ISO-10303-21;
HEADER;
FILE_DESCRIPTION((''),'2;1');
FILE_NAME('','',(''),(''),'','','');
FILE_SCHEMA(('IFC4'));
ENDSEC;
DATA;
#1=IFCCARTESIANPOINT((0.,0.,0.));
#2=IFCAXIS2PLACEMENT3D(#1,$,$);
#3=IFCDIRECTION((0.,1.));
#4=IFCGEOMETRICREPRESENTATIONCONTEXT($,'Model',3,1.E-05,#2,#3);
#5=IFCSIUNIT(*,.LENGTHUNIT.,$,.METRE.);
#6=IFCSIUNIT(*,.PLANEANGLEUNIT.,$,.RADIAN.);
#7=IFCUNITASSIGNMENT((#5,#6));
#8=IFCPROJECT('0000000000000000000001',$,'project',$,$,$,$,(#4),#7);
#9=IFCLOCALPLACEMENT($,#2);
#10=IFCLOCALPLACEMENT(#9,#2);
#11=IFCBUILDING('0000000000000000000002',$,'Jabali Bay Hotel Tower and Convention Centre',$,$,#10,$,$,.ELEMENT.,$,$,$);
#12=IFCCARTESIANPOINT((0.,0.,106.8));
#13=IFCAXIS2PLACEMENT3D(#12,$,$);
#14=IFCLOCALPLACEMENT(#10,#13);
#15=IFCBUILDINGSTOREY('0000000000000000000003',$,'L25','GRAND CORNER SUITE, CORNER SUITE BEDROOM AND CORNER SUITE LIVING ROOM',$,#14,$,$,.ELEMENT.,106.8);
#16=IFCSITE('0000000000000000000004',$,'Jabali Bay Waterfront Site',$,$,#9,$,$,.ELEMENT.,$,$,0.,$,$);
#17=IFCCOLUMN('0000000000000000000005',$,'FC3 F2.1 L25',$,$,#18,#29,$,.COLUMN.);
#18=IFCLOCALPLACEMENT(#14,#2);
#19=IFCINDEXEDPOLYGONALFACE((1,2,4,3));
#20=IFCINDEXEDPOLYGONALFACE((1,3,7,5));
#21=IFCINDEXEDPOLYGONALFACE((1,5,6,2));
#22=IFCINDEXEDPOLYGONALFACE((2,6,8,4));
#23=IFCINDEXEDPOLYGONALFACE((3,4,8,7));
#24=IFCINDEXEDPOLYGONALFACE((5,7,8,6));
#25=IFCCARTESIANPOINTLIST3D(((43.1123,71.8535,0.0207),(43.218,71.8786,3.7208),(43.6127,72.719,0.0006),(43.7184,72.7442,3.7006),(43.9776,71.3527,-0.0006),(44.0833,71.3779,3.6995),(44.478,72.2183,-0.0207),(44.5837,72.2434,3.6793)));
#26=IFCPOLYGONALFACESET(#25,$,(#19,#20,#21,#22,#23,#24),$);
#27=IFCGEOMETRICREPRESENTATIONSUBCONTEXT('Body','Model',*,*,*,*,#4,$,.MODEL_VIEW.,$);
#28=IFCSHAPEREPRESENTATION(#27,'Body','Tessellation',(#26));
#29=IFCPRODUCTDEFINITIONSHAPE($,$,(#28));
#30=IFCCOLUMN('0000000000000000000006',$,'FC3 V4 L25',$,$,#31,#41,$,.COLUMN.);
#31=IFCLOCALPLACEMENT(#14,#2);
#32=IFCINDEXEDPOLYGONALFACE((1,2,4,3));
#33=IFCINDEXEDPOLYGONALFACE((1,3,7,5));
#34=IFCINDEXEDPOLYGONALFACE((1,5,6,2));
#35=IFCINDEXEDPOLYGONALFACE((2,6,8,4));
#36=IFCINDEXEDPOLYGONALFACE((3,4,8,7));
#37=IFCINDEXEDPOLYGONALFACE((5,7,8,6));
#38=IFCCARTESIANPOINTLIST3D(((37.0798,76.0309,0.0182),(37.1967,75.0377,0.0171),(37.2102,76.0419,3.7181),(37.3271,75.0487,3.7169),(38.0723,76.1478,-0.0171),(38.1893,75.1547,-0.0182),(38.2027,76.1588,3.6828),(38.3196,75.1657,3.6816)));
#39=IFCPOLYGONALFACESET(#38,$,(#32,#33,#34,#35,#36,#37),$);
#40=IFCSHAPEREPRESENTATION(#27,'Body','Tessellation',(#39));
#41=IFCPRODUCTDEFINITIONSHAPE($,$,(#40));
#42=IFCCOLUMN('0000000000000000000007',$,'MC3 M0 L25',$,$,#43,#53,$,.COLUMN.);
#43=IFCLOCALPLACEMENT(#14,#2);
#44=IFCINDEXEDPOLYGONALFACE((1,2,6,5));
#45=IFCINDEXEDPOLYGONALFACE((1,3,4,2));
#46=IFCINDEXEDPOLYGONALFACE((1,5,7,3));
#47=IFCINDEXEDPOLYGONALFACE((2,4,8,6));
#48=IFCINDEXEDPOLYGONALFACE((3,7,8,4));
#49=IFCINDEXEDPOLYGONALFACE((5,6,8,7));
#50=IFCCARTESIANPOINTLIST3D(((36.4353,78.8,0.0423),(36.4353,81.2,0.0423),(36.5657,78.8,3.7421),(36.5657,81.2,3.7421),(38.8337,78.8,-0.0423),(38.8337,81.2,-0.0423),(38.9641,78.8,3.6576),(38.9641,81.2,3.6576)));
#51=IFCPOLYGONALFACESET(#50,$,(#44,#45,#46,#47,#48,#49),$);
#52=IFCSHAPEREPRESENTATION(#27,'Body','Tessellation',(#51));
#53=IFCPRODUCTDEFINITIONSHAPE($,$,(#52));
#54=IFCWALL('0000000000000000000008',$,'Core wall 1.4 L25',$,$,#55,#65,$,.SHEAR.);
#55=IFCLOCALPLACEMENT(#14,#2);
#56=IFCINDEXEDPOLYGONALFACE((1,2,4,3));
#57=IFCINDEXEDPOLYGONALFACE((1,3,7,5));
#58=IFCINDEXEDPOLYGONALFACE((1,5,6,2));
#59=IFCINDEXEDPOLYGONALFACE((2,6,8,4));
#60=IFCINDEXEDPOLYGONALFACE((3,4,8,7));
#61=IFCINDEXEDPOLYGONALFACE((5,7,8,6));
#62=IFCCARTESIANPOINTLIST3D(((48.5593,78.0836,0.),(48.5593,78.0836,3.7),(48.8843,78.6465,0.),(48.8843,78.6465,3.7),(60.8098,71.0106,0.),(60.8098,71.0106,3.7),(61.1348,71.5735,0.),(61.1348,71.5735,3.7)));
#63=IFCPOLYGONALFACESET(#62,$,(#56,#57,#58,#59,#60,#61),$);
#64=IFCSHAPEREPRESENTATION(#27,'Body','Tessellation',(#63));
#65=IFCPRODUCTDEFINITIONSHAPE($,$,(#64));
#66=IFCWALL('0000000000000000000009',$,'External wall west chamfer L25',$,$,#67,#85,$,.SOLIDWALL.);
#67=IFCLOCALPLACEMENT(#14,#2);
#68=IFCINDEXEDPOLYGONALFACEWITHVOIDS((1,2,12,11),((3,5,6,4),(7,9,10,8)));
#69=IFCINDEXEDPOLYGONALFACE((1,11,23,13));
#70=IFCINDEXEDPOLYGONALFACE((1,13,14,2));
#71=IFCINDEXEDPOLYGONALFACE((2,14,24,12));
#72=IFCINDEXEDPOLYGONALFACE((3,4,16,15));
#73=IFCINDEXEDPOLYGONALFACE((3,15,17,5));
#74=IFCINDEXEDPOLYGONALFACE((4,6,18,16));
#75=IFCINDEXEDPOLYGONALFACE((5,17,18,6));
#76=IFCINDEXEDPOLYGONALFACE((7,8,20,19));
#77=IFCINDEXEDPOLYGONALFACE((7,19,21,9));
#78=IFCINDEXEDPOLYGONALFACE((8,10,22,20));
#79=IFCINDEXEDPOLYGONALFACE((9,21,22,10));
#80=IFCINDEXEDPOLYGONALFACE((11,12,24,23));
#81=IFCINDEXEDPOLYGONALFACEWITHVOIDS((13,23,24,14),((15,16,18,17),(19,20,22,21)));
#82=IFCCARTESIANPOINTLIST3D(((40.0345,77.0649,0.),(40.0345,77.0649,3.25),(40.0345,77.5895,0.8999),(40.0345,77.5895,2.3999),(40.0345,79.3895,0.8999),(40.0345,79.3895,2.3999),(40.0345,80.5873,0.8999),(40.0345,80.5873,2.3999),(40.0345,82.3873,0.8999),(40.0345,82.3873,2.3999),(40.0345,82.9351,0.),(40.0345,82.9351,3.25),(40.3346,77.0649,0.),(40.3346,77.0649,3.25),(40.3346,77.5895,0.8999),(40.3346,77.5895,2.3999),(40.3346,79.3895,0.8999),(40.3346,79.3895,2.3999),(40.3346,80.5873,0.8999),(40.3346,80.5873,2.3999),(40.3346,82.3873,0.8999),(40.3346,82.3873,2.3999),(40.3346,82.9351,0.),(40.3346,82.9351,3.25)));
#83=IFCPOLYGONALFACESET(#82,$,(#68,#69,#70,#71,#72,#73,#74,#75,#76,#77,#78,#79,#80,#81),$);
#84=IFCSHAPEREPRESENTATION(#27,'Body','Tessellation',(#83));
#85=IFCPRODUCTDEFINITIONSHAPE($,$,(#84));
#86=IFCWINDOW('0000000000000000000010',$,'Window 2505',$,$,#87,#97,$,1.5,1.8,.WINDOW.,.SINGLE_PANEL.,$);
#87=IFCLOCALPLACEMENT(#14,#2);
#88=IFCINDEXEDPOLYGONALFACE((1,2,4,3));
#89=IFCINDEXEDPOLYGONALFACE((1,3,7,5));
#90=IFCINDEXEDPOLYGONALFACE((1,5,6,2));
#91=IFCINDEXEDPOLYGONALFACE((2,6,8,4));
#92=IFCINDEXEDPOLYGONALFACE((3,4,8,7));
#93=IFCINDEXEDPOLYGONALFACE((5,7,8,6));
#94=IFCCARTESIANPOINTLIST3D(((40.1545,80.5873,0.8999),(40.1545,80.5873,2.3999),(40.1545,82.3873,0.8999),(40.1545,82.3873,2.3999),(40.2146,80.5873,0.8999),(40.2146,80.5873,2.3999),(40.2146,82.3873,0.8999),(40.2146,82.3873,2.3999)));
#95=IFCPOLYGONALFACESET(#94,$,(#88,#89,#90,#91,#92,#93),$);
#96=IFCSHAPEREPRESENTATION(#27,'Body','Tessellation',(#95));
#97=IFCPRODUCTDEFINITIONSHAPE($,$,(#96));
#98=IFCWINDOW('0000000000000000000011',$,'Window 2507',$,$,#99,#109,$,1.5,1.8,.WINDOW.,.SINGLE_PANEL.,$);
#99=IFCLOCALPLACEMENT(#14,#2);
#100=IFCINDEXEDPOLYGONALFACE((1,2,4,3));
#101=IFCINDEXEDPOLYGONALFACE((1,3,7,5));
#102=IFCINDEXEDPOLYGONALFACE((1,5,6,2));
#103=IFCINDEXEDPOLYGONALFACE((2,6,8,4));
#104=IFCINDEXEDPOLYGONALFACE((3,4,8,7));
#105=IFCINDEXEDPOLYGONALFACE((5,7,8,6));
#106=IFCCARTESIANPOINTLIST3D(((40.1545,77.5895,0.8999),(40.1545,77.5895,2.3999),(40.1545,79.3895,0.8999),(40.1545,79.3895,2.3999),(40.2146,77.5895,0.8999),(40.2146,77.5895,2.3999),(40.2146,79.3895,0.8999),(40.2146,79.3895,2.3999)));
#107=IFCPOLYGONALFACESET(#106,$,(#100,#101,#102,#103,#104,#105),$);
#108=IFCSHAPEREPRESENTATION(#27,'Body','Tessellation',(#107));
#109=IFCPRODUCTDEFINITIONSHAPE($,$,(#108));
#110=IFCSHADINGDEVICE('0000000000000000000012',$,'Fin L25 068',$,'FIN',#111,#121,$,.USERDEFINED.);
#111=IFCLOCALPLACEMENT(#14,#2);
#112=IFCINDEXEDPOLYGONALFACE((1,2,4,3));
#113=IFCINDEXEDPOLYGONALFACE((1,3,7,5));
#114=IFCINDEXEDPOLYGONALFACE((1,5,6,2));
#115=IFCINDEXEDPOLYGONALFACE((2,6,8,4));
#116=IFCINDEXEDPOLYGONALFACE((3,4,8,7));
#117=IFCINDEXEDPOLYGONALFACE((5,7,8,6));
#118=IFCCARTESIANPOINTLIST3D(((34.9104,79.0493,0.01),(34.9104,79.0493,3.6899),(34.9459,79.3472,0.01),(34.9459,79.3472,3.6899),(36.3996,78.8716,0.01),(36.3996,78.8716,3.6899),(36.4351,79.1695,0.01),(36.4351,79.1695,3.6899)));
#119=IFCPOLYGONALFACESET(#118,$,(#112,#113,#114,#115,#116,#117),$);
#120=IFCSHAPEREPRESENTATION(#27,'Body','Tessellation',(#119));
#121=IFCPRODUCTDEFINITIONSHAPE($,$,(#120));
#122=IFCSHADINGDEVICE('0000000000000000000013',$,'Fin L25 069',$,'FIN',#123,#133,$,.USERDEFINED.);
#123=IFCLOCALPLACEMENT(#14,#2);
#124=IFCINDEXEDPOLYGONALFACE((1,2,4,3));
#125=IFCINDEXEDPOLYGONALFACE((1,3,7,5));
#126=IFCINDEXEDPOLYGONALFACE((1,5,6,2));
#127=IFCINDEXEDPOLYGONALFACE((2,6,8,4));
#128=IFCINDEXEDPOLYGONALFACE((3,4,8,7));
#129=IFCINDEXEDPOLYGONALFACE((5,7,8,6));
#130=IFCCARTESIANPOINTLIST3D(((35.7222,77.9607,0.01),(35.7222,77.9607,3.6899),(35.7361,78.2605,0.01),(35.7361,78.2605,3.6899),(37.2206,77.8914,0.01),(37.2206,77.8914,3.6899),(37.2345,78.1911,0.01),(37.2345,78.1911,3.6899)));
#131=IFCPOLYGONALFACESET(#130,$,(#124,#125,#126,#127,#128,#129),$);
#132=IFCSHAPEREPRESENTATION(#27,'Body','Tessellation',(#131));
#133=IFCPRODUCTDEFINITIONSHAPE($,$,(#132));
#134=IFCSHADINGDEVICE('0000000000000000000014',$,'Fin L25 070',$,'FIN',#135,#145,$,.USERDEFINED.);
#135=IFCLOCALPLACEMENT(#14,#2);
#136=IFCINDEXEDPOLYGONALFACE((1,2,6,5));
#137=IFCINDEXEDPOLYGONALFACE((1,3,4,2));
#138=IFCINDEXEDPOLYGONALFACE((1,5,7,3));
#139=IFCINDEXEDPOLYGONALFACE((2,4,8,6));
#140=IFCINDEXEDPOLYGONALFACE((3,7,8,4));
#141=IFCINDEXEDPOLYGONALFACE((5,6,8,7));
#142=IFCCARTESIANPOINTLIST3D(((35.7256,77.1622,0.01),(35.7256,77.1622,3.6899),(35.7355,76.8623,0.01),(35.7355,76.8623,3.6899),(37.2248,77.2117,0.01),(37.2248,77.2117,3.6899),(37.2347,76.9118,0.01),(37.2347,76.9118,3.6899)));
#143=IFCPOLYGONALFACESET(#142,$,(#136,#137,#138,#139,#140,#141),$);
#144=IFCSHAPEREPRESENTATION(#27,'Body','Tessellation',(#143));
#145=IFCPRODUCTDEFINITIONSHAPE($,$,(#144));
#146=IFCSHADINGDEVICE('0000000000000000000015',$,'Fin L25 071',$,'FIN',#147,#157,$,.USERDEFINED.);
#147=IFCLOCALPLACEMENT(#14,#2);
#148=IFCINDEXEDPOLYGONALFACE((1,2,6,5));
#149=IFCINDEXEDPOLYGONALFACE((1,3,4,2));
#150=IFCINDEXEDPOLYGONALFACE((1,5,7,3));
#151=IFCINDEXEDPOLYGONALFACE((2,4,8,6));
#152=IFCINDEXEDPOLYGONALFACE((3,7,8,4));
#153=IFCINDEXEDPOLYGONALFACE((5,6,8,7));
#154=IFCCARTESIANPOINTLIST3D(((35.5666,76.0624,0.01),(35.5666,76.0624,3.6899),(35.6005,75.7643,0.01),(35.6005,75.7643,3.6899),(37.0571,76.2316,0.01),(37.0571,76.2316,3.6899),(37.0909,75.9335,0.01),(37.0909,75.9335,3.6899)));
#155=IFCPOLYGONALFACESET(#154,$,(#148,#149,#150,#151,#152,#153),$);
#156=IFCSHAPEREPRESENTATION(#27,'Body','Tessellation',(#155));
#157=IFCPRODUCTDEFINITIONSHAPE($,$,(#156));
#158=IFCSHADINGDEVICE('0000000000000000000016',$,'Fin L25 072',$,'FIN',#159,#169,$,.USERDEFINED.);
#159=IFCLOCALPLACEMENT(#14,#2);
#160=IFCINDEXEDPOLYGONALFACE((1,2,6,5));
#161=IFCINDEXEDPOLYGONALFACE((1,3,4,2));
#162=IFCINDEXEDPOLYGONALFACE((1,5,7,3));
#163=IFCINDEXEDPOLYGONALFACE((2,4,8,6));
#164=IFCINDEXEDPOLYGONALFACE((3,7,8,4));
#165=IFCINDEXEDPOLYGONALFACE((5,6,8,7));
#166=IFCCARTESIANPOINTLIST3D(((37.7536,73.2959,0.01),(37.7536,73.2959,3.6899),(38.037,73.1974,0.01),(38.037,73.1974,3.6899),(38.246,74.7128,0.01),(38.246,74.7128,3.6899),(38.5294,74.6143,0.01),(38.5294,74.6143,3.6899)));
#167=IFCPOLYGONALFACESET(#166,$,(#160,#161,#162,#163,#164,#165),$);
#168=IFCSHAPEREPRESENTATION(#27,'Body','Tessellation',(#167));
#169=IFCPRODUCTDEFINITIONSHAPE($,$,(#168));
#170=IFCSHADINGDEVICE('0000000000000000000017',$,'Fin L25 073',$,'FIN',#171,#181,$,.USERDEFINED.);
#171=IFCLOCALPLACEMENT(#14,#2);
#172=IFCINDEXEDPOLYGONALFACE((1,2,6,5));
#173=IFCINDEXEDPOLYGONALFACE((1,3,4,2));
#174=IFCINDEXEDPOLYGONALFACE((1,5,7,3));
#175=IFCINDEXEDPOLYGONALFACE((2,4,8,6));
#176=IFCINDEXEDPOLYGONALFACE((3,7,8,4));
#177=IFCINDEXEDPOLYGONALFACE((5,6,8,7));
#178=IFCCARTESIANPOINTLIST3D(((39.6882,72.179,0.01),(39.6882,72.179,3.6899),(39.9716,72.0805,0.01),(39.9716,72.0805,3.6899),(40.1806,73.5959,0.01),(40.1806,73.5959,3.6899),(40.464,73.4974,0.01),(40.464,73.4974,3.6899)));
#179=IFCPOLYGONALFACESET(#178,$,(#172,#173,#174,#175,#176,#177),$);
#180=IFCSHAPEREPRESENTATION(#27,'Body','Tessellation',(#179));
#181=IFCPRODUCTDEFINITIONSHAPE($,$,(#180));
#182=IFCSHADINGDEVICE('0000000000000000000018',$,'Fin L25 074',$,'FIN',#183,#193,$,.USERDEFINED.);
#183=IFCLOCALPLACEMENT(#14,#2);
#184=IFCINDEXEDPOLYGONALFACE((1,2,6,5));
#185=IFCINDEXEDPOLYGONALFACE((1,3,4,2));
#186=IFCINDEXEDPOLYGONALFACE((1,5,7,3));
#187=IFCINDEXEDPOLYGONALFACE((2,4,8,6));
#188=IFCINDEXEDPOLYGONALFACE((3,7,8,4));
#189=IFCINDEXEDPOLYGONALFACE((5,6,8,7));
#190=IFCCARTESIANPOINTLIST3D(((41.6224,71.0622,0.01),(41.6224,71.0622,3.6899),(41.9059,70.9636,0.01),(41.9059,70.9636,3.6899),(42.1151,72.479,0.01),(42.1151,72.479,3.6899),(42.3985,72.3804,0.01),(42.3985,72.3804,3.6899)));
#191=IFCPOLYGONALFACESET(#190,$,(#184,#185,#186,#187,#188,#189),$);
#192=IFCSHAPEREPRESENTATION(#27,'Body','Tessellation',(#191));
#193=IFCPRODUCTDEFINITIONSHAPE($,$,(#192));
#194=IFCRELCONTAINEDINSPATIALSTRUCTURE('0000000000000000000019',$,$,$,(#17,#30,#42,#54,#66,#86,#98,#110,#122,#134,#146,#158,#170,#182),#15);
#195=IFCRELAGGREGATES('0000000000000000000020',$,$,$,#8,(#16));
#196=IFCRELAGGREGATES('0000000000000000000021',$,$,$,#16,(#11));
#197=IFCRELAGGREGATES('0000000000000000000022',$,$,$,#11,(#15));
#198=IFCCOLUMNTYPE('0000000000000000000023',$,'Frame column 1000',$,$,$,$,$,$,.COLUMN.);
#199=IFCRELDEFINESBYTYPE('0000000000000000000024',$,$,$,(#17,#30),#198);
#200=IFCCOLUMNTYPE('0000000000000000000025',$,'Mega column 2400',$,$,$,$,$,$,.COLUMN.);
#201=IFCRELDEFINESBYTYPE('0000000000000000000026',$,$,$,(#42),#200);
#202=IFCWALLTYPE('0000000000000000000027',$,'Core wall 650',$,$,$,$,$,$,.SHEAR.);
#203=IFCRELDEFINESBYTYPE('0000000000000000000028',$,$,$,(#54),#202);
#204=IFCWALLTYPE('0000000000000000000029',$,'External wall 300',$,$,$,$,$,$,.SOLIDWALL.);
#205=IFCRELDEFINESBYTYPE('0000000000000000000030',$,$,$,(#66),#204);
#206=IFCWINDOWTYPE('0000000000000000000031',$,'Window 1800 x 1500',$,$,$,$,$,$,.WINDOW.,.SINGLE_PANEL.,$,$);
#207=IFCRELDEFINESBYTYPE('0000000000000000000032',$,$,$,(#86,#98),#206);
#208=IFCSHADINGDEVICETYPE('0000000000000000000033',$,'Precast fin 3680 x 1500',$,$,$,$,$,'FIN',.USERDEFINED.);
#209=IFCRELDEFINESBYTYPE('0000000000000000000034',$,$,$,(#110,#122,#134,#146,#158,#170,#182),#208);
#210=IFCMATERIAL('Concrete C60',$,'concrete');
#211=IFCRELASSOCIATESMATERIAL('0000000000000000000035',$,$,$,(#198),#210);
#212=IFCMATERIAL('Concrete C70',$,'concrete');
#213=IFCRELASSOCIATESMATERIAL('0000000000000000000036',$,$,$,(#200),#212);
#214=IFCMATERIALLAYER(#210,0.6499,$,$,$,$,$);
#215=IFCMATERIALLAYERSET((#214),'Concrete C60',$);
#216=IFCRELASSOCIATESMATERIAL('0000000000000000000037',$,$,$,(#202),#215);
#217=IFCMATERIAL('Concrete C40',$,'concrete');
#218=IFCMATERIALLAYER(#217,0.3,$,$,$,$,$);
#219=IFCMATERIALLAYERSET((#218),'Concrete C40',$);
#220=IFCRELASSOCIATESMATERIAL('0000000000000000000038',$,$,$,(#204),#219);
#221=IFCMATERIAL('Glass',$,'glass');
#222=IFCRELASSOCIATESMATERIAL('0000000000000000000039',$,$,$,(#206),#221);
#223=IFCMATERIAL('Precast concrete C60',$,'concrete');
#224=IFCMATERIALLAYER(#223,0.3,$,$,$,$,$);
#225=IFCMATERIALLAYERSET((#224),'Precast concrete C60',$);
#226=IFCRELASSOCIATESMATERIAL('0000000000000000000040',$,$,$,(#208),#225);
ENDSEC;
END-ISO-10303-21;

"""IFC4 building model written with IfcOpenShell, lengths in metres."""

from ifc_helpers import new_model, si_unit, direction, frame, frame_2d, origin, origin_2d, place, context, subcontext, project, spatial, rectangle, extrude, material, layer, layer_set, material_profile, profile_set, type_object, element, fill, save


model = new_model("IFC4")

# Units and contexts
model_context = context("Model", 3, precision=1e-05, world=origin(), true_north=direction((0.0, 1.0)))
body_context = subcontext(model_context, "Body", "Model", "MODEL_VIEW")
ifc_project = project(units=[si_unit("LENGTHUNIT", "METRE"), si_unit("PLANEANGLEUNIT", "RADIAN")], contexts=[model_context])

# Site, building, storey
site_placement = place(None, origin())
site = spatial("IfcSite", under=ifc_project, at=site_placement, Name="Jabali Bay Waterfront Site", CompositionType="ELEMENT", RefElevation=0.0)
building_placement = place(site_placement, origin())
building = spatial("IfcBuilding", under=site, at=building_placement, Name="Jabali Bay Hotel Tower and Convention Centre", CompositionType="ELEMENT")
storey_placement = place(building_placement, frame((0.0, 0.0, 106.8)))
storey = spatial("IfcBuildingStorey", under=building, at=storey_placement, Name="L25", Description="GRAND CORNER SUITE, CORNER SUITE BEDROOM AND CORNER SUITE LIVING ROOM", CompositionType="ELEMENT", Elevation=106.8)

# Columns
ifc_material_1 = material(Name="Concrete C60", Category="concrete")
ifc_material_profile_1 = material_profile(ifc_material_1, rectangle(XDim=1.0, YDim=1.0, at=origin_2d()), Name="Frame column 1000")
ifc_profile_set_1 = profile_set([ifc_material_profile_1], Name="Concrete C60")
column_type_1 = type_object("IfcColumnType", Name="Frame column 1000", PredefinedType="COLUMN", material=ifc_profile_set_1)
column_1_placement = place(storey_placement, frame((43.7952, 72.0359, 0.0), z_axis=(0.028559, 0.006794, 0.999569), x_axis=(-0.865323, 0.500761, 0.02132)))
element("IfcColumn", 1, at=column_1_placement, inside=storey, type_object=column_type_1, Name="FC3 F2.1 L25", PredefinedType="COLUMN", context=body_context, shape_type="SweptSolid", body=[
    extrude(rectangle(XDim=1.0, YDim=1.0, at=origin_2d()), origin(), (0.0, 0.0, 1.0), 3.7017),
])
column_2_placement = place(storey_placement, frame((37.6345, 75.5928, 0.0), z_axis=(0.035214, 0.002967, 0.999375), x_axis=(-0.116962, 0.993136, 0.001172)))
element("IfcColumn", 2, at=column_2_placement, inside=storey, type_object=column_type_1, Name="FC3 V4 L25", PredefinedType="COLUMN", context=body_context, shape_type="SweptSolid", body=[
    extrude(rectangle(XDim=1.0, YDim=1.0, at=origin_2d()), origin(), (0.0, 0.0, 1.0), 3.7021),
])
ifc_material_2 = material(Name="Concrete C70", Category="concrete")
ifc_material_profile_2 = material_profile(ifc_material_2, rectangle(XDim=2.3999, YDim=2.3999, at=origin_2d()), Name="Mega column 2400")
ifc_profile_set_2 = profile_set([ifc_material_profile_2], Name="Concrete C70")
column_type_2 = type_object("IfcColumnType", Name="Mega column 2400", PredefinedType="COLUMN", material=ifc_profile_set_2)
column_3_placement = place(storey_placement, frame((37.6345, 80.0, 0.0), z_axis=(0.035214, 0.0, 0.99938), x_axis=(0.0, 1.0, 0.0)))
element("IfcColumn", 3, at=column_3_placement, inside=storey, type_object=column_type_2, Name="MC3 M0 L25", PredefinedType="COLUMN", context=body_context, shape_type="SweptSolid", body=[
    extrude(rectangle(XDim=2.3999, YDim=2.3999, at=origin_2d()), origin(), (0.0, 0.0, 1.0), 3.7021),
])

# Wall
ifc_layer_1 = layer(ifc_material_1, 0.6499)
ifc_layer_set_1 = layer_set([ifc_layer_1], Name="Concrete C60")
wall_type_1 = type_object("IfcWallType", Name="Core wall 650", PredefinedType="SHEAR", material=ifc_layer_set_1)
wall_1_placement = place(storey_placement, frame((48.7219, 78.365, 0.0), z_axis=(0.0, 0.0, 1.0), x_axis=(0.86602, -0.500009, 0.0)))
element("IfcWall", 4, at=wall_1_placement, inside=storey, type_object=wall_type_1, Name="Core wall 1.4 L25", PredefinedType="SHEAR", context=body_context, shape_type="SweptSolid", body=[
    extrude(rectangle(XDim=14.1458, YDim=0.6499, at=frame_2d((7.0728, 0.0))), origin(), (0.0, 0.0, 1.0), 3.7),
])

# Wall, openings, windows
ifc_material_3 = material(Name="Concrete C40", Category="concrete")
ifc_layer_2 = layer(ifc_material_3, 0.3)
ifc_layer_set_2 = layer_set([ifc_layer_2], Name="Concrete C40")
wall_type_2 = type_object("IfcWallType", Name="External wall 300", PredefinedType="SOLIDWALL", material=ifc_layer_set_2)
wall_2_placement = place(storey_placement, frame((40.1846, 77.0649, 0.0), z_axis=(0.0, 0.0, 1.0), x_axis=(0.0, 1.0, 0.0)))
wall_2 = element("IfcWall", 5, at=wall_2_placement, inside=storey, type_object=wall_type_2, Name="External wall west chamfer L25", PredefinedType="SOLIDWALL", context=body_context, shape_type="SweptSolid", body=[
    extrude(rectangle(XDim=5.8701, YDim=0.3, at=frame_2d((2.9351, 0.0))), origin(), (0.0, 0.0, 1.0), 3.25),
])
opening_1_placement = place(wall_2_placement, frame((3.5225, 0.0, 0.8999)))
opening_1 = element("IfcOpeningElement", 6, at=opening_1_placement, cuts=wall_2, PredefinedType="OPENING", context=body_context, shape_type="SweptSolid", body=[
    extrude(rectangle(XDim=1.8, YDim=1.5, at=frame_2d((0.8999, 0.75))), frame((0.0, 0.1606, 0.0), z_axis=(0.0, -1.0, 0.0), x_axis=(1.0, 0.0, 0.0)), (0.0, 0.0, 1.0), 0.321),
])
opening_2_placement = place(wall_2_placement, frame((0.5247, 0.0, 0.8999)))
opening_2 = element("IfcOpeningElement", 7, at=opening_2_placement, cuts=wall_2, PredefinedType="OPENING", context=body_context, shape_type="SweptSolid", body=[
    extrude(rectangle(XDim=1.8, YDim=1.5, at=frame_2d((0.8999, 0.75))), frame((0.0, 0.1606, 0.0), z_axis=(0.0, -1.0, 0.0), x_axis=(1.0, 0.0, 0.0)), (0.0, 0.0, 1.0), 0.321),
])
ifc_material_4 = material(Name="Glass", Category="glass")
window_type = type_object("IfcWindowType", Name="Window 1800 x 1500", PartitioningType="SINGLE_PANEL", PredefinedType="WINDOW", material=ifc_material_4)
window_1_placement = place(opening_1_placement, origin())
window_1 = element("IfcWindow", 8, at=window_1_placement, inside=storey, type_object=window_type, Name="Window 2505", OverallHeight=1.5, OverallWidth=1.8, PartitioningType="SINGLE_PANEL", PredefinedType="WINDOW", context=body_context, shape_type="SweptSolid", body=[
    extrude(rectangle(XDim=1.8, YDim=1.5, at=frame_2d((0.8999, 0.75))), frame((0.0, 0.03, 0.0), z_axis=(0.0, -1.0, 0.0), x_axis=(1.0, 0.0, 0.0)), (0.0, 0.0, 1.0), 0.0601),
])
fill(opening_1, window_1)
window_2_placement = place(opening_2_placement, origin())
window_2 = element("IfcWindow", 9, at=window_2_placement, inside=storey, type_object=window_type, Name="Window 2507", OverallHeight=1.5, OverallWidth=1.8, PartitioningType="SINGLE_PANEL", PredefinedType="WINDOW", context=body_context, shape_type="SweptSolid", body=[
    extrude(rectangle(XDim=1.8, YDim=1.5, at=frame_2d((0.8999, 0.75))), frame((0.0, 0.03, 0.0), z_axis=(0.0, -1.0, 0.0), x_axis=(1.0, 0.0, 0.0)), (0.0, 0.0, 1.0), 0.0601),
])
fill(opening_2, window_2)

# Shading devices
ifc_material_5 = material(Name="Precast concrete C60", Category="concrete")
ifc_layer_3 = layer(ifc_material_5, 0.3)
ifc_layer_set_3 = layer_set([ifc_layer_3], Name="Precast concrete C60")
shading_device_type = type_object("IfcShadingDeviceType", Name="Precast fin 3680 x 1500", ElementType="FIN", PredefinedType="USERDEFINED", material=ifc_layer_set_3)
shading_device_1_placement = place(storey_placement, frame((36.4175, 79.0205, 0.01), z_axis=(0.0, 0.0, 1.0), x_axis=(-0.992954, 0.118503, 0.0)))
element("IfcShadingDevice", 10, at=shading_device_1_placement, inside=storey, type_object=shading_device_type, Name="Fin L25 068", ObjectType="FIN", PredefinedType="USERDEFINED", context=body_context, shape_type="SweptSolid", body=[
    extrude(rectangle(XDim=1.4998, YDim=0.3, at=frame_2d((0.75, 0.0))), origin(), (0.0, 0.0, 1.0), 3.6799),
])
for number, where, z_axis, x_axis, name in (
    (11, (37.2275, 78.0413, 0.01), (0.0, 0.0, 1.0), (-0.998931, 0.046227, 0.0), "Fin L25 069"),
    (12, (37.2297, 77.0618, 0.01), (0.0, 0.0, 1.0), (-0.999454, -0.033038, 0.0), "Fin L25 070"),
    (13, (37.074, 76.0825, 0.01), (0.0, 0.0, 1.0), (-0.993619, -0.112789, 0.0), "Fin L25 071"),
    (14, (38.3877, 74.6636, 0.01), (0.0, 0.0, 1.0), (-0.328262, -0.944587, 0.0), "Fin L25 072"),
    (15, (40.3223, 73.5466, 0.01), (0.0, 0.0, 1.0), (-0.328262, -0.944587, 0.0), "Fin L25 073"),
    (16, (42.2568, 72.4297, 0.01), (0.0, 0.0, 1.0), (-0.328457, -0.944519, 0.0), "Fin L25 074"),
):
    element("IfcShadingDevice", number, at=place(storey_placement, frame(where, z_axis=z_axis, x_axis=x_axis)), inside=storey, type_object=shading_device_type, Name=name, ObjectType="FIN", PredefinedType="USERDEFINED", context=body_context, shape_type="SweptSolid", body=[
        extrude(rectangle(XDim=1.5, YDim=0.3, at=frame_2d((0.75, 0.0))), origin(), (0.0, 0.0, 1.0), 3.6799),
    ])

save(model, "model.ifc")
